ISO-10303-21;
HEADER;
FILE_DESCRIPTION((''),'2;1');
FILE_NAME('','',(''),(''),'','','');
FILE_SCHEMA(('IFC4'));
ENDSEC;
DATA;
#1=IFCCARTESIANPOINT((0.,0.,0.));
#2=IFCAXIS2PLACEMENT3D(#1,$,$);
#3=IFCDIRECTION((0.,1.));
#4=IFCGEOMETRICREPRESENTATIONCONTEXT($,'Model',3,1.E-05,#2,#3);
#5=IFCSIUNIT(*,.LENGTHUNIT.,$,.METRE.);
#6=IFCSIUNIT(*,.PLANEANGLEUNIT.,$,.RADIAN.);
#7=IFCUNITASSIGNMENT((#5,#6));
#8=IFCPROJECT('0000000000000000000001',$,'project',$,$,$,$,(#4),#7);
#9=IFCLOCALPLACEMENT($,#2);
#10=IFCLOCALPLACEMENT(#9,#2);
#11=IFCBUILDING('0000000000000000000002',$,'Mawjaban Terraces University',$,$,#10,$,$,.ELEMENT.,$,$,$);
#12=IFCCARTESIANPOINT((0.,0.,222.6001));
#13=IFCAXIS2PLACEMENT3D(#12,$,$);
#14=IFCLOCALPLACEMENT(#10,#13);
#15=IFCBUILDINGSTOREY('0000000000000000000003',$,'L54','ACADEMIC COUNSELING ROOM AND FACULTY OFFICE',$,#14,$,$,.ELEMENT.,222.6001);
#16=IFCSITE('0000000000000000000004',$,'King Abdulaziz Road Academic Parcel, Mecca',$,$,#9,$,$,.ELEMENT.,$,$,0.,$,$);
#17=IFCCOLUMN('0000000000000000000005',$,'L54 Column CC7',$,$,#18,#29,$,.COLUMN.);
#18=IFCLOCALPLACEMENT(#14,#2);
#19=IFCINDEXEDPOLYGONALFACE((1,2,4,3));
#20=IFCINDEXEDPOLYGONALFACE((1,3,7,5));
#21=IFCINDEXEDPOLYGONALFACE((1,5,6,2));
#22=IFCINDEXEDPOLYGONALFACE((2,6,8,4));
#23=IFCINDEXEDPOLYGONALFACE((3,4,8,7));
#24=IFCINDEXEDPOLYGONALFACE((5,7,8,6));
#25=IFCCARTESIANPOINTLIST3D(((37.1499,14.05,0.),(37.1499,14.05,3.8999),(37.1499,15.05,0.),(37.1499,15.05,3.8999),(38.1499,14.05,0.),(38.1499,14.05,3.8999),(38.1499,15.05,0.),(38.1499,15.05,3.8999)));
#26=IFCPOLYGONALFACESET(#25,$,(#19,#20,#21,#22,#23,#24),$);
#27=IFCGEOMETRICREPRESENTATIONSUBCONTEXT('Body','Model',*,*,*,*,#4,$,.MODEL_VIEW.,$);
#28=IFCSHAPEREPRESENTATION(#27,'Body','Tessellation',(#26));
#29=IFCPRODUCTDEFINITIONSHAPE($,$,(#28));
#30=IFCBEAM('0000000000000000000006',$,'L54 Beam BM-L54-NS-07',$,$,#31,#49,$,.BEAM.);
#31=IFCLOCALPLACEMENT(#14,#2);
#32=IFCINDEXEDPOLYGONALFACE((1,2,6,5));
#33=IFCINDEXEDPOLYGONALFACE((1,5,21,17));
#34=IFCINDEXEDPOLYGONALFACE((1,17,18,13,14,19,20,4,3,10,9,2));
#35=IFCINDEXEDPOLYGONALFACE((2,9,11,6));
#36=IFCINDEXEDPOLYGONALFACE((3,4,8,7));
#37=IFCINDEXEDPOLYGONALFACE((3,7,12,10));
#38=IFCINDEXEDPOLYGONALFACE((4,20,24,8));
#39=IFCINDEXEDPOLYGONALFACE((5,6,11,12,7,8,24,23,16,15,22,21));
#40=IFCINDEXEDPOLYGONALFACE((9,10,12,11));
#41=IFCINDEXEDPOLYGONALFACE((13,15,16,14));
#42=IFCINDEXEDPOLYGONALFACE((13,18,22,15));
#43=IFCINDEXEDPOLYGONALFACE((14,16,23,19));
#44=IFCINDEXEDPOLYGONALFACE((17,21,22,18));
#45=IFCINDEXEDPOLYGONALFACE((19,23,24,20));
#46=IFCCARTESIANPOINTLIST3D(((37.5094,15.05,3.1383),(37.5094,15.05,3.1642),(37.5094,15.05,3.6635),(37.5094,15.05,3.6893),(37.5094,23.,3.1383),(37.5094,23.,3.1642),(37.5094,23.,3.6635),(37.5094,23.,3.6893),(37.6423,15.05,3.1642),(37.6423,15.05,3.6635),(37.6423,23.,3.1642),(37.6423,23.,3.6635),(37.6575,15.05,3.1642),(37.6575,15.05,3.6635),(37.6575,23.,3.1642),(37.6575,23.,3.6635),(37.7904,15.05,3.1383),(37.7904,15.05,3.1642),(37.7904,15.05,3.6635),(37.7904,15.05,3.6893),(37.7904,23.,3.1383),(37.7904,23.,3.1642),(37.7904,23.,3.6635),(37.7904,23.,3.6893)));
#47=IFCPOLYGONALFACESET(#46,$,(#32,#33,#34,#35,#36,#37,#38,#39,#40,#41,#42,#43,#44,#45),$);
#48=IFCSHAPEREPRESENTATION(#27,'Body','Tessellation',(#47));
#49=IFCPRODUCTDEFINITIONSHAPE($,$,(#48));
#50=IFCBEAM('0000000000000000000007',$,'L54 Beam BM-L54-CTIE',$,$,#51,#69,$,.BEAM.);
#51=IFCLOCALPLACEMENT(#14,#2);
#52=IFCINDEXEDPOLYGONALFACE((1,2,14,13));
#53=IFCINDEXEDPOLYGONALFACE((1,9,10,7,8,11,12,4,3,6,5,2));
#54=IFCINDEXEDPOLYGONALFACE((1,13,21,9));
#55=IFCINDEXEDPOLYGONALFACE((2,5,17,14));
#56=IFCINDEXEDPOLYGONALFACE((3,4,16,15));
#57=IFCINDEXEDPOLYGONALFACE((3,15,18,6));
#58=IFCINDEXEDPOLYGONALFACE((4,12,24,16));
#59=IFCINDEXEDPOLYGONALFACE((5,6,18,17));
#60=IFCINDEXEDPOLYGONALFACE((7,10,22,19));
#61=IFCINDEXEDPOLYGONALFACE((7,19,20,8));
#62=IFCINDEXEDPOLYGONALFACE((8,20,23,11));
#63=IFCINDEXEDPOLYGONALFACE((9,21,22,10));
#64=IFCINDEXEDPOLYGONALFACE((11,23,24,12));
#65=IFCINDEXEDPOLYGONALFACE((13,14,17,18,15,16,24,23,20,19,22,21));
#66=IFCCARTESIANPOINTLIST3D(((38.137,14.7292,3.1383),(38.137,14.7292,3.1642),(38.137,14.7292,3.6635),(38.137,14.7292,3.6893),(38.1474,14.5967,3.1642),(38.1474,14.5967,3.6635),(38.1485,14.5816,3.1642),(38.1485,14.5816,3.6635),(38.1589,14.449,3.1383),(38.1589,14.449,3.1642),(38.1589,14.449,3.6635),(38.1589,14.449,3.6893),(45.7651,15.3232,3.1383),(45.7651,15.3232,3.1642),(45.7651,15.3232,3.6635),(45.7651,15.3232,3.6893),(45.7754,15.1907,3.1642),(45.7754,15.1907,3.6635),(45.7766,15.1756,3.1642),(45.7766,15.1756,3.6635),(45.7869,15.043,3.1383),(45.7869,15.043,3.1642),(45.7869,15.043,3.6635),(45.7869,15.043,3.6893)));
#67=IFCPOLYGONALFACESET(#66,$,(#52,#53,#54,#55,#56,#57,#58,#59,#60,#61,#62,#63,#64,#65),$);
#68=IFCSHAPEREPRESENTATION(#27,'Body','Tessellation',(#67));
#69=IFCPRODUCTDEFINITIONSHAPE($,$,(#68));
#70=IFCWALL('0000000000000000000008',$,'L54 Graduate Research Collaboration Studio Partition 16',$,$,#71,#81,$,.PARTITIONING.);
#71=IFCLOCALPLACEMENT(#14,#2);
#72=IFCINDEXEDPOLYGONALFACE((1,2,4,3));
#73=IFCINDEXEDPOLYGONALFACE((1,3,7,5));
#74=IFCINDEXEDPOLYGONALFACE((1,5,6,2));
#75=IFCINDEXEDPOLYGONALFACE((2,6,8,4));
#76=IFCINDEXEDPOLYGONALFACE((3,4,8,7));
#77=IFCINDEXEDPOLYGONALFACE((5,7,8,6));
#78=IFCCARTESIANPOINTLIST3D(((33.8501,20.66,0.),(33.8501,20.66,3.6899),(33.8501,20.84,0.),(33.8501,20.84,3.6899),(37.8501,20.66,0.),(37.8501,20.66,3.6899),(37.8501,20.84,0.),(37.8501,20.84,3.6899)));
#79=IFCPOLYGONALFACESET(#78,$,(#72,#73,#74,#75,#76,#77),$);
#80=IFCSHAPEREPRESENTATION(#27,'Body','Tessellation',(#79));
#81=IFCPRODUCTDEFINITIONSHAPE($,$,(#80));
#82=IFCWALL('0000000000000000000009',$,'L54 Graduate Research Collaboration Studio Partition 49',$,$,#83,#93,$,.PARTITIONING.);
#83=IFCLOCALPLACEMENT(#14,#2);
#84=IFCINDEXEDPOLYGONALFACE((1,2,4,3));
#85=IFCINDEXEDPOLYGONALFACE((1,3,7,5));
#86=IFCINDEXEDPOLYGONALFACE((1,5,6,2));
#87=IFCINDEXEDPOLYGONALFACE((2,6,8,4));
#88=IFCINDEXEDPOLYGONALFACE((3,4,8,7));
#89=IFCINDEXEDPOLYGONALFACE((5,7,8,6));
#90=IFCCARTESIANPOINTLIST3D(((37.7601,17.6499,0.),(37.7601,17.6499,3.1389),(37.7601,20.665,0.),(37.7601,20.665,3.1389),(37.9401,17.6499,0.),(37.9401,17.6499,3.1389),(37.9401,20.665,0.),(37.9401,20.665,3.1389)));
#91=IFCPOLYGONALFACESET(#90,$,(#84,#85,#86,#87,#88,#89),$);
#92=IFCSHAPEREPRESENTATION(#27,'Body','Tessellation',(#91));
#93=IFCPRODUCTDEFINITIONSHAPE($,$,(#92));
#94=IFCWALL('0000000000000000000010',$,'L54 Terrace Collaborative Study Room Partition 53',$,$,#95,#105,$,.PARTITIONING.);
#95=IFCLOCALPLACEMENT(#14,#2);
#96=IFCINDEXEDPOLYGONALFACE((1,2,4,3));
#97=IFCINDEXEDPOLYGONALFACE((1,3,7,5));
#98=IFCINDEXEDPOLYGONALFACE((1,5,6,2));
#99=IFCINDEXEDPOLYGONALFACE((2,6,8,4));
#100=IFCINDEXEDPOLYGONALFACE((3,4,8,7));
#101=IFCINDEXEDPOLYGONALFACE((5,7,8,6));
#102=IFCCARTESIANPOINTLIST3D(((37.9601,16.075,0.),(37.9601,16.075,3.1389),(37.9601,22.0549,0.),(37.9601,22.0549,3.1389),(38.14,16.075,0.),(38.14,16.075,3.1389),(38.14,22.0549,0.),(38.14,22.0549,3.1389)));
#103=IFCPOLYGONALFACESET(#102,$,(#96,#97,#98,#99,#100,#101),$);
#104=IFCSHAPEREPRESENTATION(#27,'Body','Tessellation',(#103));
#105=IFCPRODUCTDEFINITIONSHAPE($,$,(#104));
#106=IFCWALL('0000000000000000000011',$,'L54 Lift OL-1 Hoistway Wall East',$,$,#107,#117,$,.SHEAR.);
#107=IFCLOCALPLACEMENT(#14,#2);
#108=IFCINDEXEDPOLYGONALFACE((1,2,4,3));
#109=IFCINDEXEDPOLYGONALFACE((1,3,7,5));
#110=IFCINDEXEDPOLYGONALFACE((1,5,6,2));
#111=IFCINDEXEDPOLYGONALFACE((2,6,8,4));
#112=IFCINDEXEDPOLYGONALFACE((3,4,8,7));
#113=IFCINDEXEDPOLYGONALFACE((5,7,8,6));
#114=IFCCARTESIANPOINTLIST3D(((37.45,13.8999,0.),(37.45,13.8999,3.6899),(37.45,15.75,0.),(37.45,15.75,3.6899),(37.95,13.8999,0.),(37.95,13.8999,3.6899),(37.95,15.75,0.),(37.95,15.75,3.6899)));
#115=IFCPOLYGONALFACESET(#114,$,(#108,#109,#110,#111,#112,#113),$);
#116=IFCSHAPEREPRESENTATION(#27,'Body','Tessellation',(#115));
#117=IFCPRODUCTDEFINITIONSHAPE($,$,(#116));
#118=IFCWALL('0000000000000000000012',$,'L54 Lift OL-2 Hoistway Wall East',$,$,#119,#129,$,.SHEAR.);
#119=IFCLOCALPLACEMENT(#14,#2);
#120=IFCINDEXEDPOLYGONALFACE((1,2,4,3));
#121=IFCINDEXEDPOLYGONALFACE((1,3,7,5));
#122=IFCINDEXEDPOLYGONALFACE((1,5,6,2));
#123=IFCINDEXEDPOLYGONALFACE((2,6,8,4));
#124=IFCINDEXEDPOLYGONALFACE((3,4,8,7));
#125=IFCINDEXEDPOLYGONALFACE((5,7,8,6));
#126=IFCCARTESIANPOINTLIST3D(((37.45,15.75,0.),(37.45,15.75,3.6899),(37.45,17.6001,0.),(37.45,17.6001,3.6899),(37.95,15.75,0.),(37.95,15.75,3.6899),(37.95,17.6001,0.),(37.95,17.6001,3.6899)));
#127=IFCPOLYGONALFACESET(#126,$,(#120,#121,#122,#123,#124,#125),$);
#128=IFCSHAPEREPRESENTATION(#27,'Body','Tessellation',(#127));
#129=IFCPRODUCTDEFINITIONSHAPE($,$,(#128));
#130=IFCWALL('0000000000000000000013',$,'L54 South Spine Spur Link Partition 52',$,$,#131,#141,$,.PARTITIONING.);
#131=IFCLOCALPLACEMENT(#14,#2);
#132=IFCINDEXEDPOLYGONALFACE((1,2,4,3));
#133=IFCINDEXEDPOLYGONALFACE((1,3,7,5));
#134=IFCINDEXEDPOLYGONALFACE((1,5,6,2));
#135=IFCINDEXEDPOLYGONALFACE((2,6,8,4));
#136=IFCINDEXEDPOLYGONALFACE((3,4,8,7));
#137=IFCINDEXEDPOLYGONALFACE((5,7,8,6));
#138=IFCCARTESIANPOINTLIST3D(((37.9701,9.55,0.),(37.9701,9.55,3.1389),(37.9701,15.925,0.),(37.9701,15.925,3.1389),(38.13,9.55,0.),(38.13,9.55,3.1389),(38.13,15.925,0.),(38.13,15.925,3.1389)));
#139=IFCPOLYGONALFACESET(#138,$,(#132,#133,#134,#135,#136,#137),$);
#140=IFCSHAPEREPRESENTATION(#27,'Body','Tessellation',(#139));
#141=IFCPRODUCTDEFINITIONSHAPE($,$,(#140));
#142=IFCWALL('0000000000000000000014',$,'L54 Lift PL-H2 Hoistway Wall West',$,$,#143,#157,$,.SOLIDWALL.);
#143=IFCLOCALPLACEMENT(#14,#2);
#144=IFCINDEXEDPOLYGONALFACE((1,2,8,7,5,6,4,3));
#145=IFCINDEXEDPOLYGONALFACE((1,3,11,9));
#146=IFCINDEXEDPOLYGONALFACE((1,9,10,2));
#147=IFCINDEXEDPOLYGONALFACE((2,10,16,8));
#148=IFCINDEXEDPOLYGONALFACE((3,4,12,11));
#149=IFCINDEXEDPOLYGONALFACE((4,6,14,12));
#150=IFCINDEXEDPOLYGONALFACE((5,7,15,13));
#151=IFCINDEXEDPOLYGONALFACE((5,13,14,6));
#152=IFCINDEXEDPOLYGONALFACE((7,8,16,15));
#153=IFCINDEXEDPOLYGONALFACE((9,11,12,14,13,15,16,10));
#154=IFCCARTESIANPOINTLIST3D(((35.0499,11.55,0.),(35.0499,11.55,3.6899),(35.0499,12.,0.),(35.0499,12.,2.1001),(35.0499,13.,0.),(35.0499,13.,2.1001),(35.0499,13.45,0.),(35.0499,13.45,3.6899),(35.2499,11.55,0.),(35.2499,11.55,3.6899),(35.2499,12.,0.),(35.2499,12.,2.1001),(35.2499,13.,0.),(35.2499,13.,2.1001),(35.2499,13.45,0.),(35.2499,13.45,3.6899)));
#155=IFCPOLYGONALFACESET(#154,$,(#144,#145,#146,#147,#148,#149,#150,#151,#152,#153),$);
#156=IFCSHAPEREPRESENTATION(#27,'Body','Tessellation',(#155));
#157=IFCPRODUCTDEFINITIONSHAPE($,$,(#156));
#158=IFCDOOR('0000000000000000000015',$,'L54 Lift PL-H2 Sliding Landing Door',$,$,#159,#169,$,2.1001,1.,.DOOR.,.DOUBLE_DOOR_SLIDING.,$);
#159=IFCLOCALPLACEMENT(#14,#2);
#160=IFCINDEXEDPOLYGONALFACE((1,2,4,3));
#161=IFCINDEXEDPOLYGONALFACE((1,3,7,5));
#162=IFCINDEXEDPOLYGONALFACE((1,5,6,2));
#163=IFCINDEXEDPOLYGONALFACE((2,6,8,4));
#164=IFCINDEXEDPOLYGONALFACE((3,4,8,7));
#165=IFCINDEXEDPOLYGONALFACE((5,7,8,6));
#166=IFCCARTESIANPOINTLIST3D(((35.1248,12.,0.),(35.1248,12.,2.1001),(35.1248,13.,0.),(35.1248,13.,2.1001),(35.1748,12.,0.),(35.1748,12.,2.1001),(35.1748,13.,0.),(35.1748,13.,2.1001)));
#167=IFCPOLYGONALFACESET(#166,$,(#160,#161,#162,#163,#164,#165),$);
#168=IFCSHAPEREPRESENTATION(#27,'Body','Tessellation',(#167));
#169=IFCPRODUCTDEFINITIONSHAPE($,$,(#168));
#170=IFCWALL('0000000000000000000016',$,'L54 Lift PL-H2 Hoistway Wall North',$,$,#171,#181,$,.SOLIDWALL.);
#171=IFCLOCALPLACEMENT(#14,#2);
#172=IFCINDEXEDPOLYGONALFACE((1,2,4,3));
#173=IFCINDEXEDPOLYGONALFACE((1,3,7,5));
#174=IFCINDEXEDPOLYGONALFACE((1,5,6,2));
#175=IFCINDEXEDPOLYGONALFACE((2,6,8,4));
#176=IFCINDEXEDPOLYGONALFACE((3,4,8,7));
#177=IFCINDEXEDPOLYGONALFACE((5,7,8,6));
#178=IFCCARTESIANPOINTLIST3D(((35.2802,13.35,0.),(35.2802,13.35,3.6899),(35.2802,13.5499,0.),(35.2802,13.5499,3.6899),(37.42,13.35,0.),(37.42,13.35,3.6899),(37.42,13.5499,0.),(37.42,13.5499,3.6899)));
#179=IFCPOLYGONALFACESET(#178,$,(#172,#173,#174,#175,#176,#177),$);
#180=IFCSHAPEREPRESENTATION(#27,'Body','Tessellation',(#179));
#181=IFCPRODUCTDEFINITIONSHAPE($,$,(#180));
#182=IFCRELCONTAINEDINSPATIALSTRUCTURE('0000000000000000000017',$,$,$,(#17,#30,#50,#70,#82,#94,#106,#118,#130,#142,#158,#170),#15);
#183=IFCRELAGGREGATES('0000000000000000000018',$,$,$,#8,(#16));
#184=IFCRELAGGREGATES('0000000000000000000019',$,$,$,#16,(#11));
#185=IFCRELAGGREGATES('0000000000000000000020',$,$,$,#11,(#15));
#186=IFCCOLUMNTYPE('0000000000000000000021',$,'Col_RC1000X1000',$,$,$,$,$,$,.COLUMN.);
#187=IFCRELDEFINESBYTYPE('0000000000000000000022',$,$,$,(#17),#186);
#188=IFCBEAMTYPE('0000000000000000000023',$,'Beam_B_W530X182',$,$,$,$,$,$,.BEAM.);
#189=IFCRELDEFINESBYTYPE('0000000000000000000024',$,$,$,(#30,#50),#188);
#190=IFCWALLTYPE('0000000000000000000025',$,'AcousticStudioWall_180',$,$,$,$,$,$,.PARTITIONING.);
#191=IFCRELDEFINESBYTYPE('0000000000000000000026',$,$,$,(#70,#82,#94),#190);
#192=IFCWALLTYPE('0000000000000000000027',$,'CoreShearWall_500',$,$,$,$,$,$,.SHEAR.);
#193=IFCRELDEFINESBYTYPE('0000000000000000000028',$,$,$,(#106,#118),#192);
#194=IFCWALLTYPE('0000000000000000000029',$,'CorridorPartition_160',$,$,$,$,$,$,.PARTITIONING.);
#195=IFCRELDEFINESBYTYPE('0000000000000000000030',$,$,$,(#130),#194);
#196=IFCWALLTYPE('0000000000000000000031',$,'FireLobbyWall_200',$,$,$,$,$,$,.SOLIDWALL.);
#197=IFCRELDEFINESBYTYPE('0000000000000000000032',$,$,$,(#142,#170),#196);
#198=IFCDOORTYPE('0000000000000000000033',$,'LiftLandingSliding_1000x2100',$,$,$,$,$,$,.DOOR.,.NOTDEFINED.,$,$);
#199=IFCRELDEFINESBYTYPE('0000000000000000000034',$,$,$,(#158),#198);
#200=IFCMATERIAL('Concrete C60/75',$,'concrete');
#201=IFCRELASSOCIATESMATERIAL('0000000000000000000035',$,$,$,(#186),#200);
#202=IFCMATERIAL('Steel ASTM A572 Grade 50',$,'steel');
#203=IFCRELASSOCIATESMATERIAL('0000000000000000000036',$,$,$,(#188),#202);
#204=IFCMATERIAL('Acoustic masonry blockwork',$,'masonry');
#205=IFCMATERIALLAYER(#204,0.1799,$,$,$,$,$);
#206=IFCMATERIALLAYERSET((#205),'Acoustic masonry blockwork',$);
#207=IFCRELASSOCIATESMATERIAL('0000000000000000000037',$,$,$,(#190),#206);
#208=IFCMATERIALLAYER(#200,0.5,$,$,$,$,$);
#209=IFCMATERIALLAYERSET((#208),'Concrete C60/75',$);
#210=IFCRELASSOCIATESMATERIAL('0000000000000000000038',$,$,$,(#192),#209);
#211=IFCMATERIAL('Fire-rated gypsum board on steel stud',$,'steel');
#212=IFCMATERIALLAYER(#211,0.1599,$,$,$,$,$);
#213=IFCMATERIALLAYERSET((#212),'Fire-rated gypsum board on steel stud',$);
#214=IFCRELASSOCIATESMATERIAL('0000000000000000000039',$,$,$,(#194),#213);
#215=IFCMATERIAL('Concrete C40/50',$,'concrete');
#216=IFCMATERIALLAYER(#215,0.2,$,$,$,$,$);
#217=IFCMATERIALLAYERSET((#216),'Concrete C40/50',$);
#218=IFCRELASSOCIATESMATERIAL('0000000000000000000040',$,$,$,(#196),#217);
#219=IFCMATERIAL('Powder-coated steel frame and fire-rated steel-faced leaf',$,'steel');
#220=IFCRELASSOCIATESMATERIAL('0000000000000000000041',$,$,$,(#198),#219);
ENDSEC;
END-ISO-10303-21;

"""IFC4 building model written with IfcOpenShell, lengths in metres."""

from ifc_helpers import new_model, si_unit, direction, frame, frame_2d, origin, origin_2d, place, context, subcontext, project, spatial, rectangle, i_section, extrude, material, layer, layer_set, material_profile, profile_set, type_object, element, fill, save


model = new_model("IFC4")

# Units and contexts
model_context = context("Model", 3, precision=1e-05, world=origin(), true_north=direction((0.0, 1.0)))
body_context = subcontext(model_context, "Body", "Model", "MODEL_VIEW")
ifc_project = project(units=[si_unit("LENGTHUNIT", "METRE"), si_unit("PLANEANGLEUNIT", "RADIAN")], contexts=[model_context])

# Site, building, storey
site_placement = place(None, origin())
site = spatial("IfcSite", under=ifc_project, at=site_placement, Name="King Abdulaziz Road Academic Parcel, Mecca", CompositionType="ELEMENT", RefElevation=0.0)
building_placement = place(site_placement, origin())
building = spatial("IfcBuilding", under=site, at=building_placement, Name="Mawjaban Terraces University", CompositionType="ELEMENT")
storey_placement = place(building_placement, frame((0.0, 0.0, 222.6001)))
storey = spatial("IfcBuildingStorey", under=building, at=storey_placement, Name="L54", Description="ACADEMIC COUNSELING ROOM AND FACULTY OFFICE", CompositionType="ELEMENT", Elevation=222.6001)

# Column
ifc_material_1 = material(Name="Concrete C60/75", Category="concrete")
ifc_material_profile_1 = material_profile(ifc_material_1, rectangle(XDim=1.0, YDim=1.0, at=origin_2d()), Name="RC1000X1000")
ifc_profile_set_1 = profile_set([ifc_material_profile_1], Name="Concrete C60/75")
column_type = type_object("IfcColumnType", Name="Col_RC1000X1000", PredefinedType="COLUMN", material=ifc_profile_set_1)
column_placement = place(storey_placement, frame((37.6499, 14.55, 0.0), z_axis=(0.0, 0.0, 1.0), x_axis=(1.0, 0.0, 0.0)))
element("IfcColumn", 1, at=column_placement, inside=storey, type_object=column_type, Name="L54 Column CC7", PredefinedType="COLUMN", context=body_context, shape_type="SweptSolid", body=[
    extrude(rectangle(XDim=1.0, YDim=1.0, at=origin_2d()), origin(), (0.0, 0.0, 1.0), 3.8999),
])

# Beams
ifc_material_2 = material(Name="Steel ASTM A572 Grade 50", Category="steel")
ifc_material_profile_2 = material_profile(ifc_material_2, i_section(OverallWidth=0.281, OverallDepth=0.551, WebThickness=0.0151, FlangeThickness=0.0259, at=origin_2d()), Name="W530X182")
ifc_profile_set_2 = profile_set([ifc_material_profile_2], Name="Steel ASTM A572 Grade 50")
beam_type = type_object("IfcBeamType", Name="Beam_B_W530X182", PredefinedType="BEAM", material=ifc_profile_set_2)
beam_1_placement = place(storey_placement, frame((37.6499, 15.05, 3.4138), z_axis=(0.0, 1.0, 0.0), x_axis=(-1.0, 0.0, 0.0)))
element("IfcBeam", 2, at=beam_1_placement, inside=storey, type_object=beam_type, Name="L54 Beam BM-L54-NS-07", PredefinedType="BEAM", context=body_context, shape_type="SweptSolid", body=[
    extrude(i_section(OverallWidth=0.281, OverallDepth=0.551, WebThickness=0.0151, FlangeThickness=0.0259, at=origin_2d()), origin(), (0.0, 0.0, 1.0), 7.95),
])
beam_2_placement = place(storey_placement, frame((38.1479, 14.5891, 3.4138), z_axis=(0.996982, 0.077636, 0.0), x_axis=(-0.077636, 0.996982, 0.0)))
element("IfcBeam", 3, at=beam_2_placement, inside=storey, type_object=beam_type, Name="L54 Beam BM-L54-CTIE", PredefinedType="BEAM", context=body_context, shape_type="SweptSolid", body=[
    extrude(i_section(OverallWidth=0.281, OverallDepth=0.551, WebThickness=0.0151, FlangeThickness=0.0259, at=origin_2d()), origin(), (0.0, 0.0, 1.0), 7.6511),
])

# Walls
ifc_material_3 = material(Name="Acoustic masonry blockwork", Category="masonry")
ifc_layer_1 = layer(ifc_material_3, 0.1799)
ifc_layer_set_1 = layer_set([ifc_layer_1], Name="Acoustic masonry blockwork")
wall_type_1 = type_object("IfcWallType", Name="AcousticStudioWall_180", PredefinedType="PARTITIONING", material=ifc_layer_set_1)
wall_1_placement = place(storey_placement, frame((37.8501, 20.75, 0.0), z_axis=(0.0, 0.0, 1.0), x_axis=(-1.0, 0.0, 0.0)))
element("IfcWall", 4, at=wall_1_placement, inside=storey, type_object=wall_type_1, Name="L54 Graduate Research Collaboration Studio Partition 16", PredefinedType="PARTITIONING", context=body_context, shape_type="SweptSolid", body=[
    extrude(rectangle(XDim=4.0, YDim=0.1799, at=frame_2d((2.0, 0.0))), origin(), (0.0, 0.0, 1.0), 3.6899),
])
wall_2_placement = place(storey_placement, frame((37.8501, 17.6499, 0.0), z_axis=(0.0, 0.0, 1.0), x_axis=(0.0, 1.0, 0.0)))
element("IfcWall", 5, at=wall_2_placement, inside=storey, type_object=wall_type_1, Name="L54 Graduate Research Collaboration Studio Partition 49", PredefinedType="PARTITIONING", context=body_context, shape_type="SweptSolid", body=[
    extrude(rectangle(XDim=3.0151, YDim=0.1799, at=frame_2d((1.5076, 0.0))), origin(), (0.0, 0.0, 1.0), 3.1389),
])
wall_3_placement = place(storey_placement, frame((38.05, 22.0549, 0.0), z_axis=(0.0, 0.0, 1.0), x_axis=(0.0, -1.0, 0.0)))
element("IfcWall", 6, at=wall_3_placement, inside=storey, type_object=wall_type_1, Name="L54 Terrace Collaborative Study Room Partition 53", PredefinedType="PARTITIONING", context=body_context, shape_type="SweptSolid", body=[
    extrude(rectangle(XDim=5.98, YDim=0.1799, at=frame_2d((2.99, 0.0))), origin(), (0.0, 0.0, 1.0), 3.1389),
])
ifc_layer_2 = layer(ifc_material_1, 0.5)
ifc_layer_set_2 = layer_set([ifc_layer_2], Name="Concrete C60/75")
wall_type_2 = type_object("IfcWallType", Name="CoreShearWall_500", PredefinedType="SHEAR", material=ifc_layer_set_2)
for number, where, z_axis, x_axis, name in (
    (7, (37.7, 13.8999, 0.0), (0.0, 0.0, 1.0), (0.0, 1.0, 0.0), "L54 Lift OL-1 Hoistway Wall East"),
    (8, (37.7, 15.75, 0.0), (0.0, 0.0, 1.0), (0.0, 1.0, 0.0), "L54 Lift OL-2 Hoistway Wall East"),
):
    element("IfcWall", number, at=place(storey_placement, frame(where, z_axis=z_axis, x_axis=x_axis)), inside=storey, type_object=wall_type_2, Name=name, PredefinedType="SHEAR", context=body_context, shape_type="SweptSolid", body=[
        extrude(rectangle(XDim=1.8501, YDim=0.5, at=frame_2d((0.925, 0.0))), origin(), (0.0, 0.0, 1.0), 3.6899),
    ])
ifc_material_4 = material(Name="Fire-rated gypsum board on steel stud", Category="steel")
ifc_layer_3 = layer(ifc_material_4, 0.1599)
ifc_layer_set_3 = layer_set([ifc_layer_3], Name="Fire-rated gypsum board on steel stud")
wall_type_3 = type_object("IfcWallType", Name="CorridorPartition_160", PredefinedType="PARTITIONING", material=ifc_layer_set_3)
wall_4_placement = place(storey_placement, frame((38.05, 15.925, 0.0), z_axis=(0.0, 0.0, 1.0), x_axis=(0.0, -1.0, 0.0)))
element("IfcWall", 9, at=wall_4_placement, inside=storey, type_object=wall_type_3, Name="L54 South Spine Spur Link Partition 52", PredefinedType="PARTITIONING", context=body_context, shape_type="SweptSolid", body=[
    extrude(rectangle(XDim=6.375, YDim=0.1599, at=frame_2d((3.1875, 0.0))), origin(), (0.0, 0.0, 1.0), 3.1389),
])

# Wall, opening, door
ifc_material_5 = material(Name="Concrete C40/50", Category="concrete")
ifc_layer_4 = layer(ifc_material_5, 0.2)
ifc_layer_set_4 = layer_set([ifc_layer_4], Name="Concrete C40/50")
wall_type_4 = type_object("IfcWallType", Name="FireLobbyWall_200", PredefinedType="SOLIDWALL", material=ifc_layer_set_4)
wall_5_placement = place(storey_placement, frame((35.1499, 13.45, 0.0), z_axis=(0.0, 0.0, 1.0), x_axis=(0.0, -1.0, 0.0)))
wall_5 = element("IfcWall", 10, at=wall_5_placement, inside=storey, type_object=wall_type_4, Name="L54 Lift PL-H2 Hoistway Wall West", PredefinedType="SOLIDWALL", context=body_context, shape_type="SweptSolid", body=[
    extrude(rectangle(XDim=1.8999, YDim=0.2, at=frame_2d((0.95, 0.0))), origin(), (0.0, 0.0, 1.0), 3.6899),
])
opening_placement = place(wall_5_placement, frame((0.45, 0.0, 0.0)))
opening = element("IfcOpeningElement", 11, at=opening_placement, cuts=wall_5, PredefinedType="OPENING", context=body_context, shape_type="SweptSolid", body=[
    extrude(rectangle(XDim=1.0, YDim=2.1001, at=frame_2d((0.5, 1.05))), frame((0.0, 0.1099, 0.0), z_axis=(0.0, -1.0, 0.0), x_axis=(1.0, 0.0, 0.0)), (0.0, 0.0, 1.0), 0.22),
])
ifc_material_6 = material(Name="Powder-coated steel frame and fire-rated steel-faced leaf", Category="steel")
door_type = type_object("IfcDoorType", Name="LiftLandingSliding_1000x2100", OperationType="NOTDEFINED", PredefinedType="DOOR", material=ifc_material_6)
door_placement = place(opening_placement, origin())
door = element("IfcDoor", 12, at=door_placement, inside=storey, type_object=door_type, Name="L54 Lift PL-H2 Sliding Landing Door", OperationType="DOUBLE_DOOR_SLIDING", OverallHeight=2.1001, OverallWidth=1.0, PredefinedType="DOOR", context=body_context, shape_type="SweptSolid", body=[
    extrude(rectangle(XDim=1.0, YDim=2.1001, at=frame_2d((0.5, 1.05))), frame((0.0, 0.0249, 0.0), z_axis=(0.0, -1.0, 0.0), x_axis=(1.0, 0.0, 0.0)), (0.0, 0.0, 1.0), 0.05),
])
fill(opening, door)

# Wall
wall_6_placement = place(storey_placement, frame((37.4199, 13.45, 0.0), z_axis=(0.0, 0.0, 1.0), x_axis=(-1.0, 0.0, 0.0)))
element("IfcWall", 13, at=wall_6_placement, inside=storey, type_object=wall_type_4, Name="L54 Lift PL-H2 Hoistway Wall North", PredefinedType="SOLIDWALL", context=body_context, shape_type="SweptSolid", body=[
    extrude(rectangle(XDim=2.1399, YDim=0.2, at=frame_2d((1.0698, 0.0))), origin(), (0.0, 0.0, 1.0), 3.6899),
])

save(model, "model.ifc")
